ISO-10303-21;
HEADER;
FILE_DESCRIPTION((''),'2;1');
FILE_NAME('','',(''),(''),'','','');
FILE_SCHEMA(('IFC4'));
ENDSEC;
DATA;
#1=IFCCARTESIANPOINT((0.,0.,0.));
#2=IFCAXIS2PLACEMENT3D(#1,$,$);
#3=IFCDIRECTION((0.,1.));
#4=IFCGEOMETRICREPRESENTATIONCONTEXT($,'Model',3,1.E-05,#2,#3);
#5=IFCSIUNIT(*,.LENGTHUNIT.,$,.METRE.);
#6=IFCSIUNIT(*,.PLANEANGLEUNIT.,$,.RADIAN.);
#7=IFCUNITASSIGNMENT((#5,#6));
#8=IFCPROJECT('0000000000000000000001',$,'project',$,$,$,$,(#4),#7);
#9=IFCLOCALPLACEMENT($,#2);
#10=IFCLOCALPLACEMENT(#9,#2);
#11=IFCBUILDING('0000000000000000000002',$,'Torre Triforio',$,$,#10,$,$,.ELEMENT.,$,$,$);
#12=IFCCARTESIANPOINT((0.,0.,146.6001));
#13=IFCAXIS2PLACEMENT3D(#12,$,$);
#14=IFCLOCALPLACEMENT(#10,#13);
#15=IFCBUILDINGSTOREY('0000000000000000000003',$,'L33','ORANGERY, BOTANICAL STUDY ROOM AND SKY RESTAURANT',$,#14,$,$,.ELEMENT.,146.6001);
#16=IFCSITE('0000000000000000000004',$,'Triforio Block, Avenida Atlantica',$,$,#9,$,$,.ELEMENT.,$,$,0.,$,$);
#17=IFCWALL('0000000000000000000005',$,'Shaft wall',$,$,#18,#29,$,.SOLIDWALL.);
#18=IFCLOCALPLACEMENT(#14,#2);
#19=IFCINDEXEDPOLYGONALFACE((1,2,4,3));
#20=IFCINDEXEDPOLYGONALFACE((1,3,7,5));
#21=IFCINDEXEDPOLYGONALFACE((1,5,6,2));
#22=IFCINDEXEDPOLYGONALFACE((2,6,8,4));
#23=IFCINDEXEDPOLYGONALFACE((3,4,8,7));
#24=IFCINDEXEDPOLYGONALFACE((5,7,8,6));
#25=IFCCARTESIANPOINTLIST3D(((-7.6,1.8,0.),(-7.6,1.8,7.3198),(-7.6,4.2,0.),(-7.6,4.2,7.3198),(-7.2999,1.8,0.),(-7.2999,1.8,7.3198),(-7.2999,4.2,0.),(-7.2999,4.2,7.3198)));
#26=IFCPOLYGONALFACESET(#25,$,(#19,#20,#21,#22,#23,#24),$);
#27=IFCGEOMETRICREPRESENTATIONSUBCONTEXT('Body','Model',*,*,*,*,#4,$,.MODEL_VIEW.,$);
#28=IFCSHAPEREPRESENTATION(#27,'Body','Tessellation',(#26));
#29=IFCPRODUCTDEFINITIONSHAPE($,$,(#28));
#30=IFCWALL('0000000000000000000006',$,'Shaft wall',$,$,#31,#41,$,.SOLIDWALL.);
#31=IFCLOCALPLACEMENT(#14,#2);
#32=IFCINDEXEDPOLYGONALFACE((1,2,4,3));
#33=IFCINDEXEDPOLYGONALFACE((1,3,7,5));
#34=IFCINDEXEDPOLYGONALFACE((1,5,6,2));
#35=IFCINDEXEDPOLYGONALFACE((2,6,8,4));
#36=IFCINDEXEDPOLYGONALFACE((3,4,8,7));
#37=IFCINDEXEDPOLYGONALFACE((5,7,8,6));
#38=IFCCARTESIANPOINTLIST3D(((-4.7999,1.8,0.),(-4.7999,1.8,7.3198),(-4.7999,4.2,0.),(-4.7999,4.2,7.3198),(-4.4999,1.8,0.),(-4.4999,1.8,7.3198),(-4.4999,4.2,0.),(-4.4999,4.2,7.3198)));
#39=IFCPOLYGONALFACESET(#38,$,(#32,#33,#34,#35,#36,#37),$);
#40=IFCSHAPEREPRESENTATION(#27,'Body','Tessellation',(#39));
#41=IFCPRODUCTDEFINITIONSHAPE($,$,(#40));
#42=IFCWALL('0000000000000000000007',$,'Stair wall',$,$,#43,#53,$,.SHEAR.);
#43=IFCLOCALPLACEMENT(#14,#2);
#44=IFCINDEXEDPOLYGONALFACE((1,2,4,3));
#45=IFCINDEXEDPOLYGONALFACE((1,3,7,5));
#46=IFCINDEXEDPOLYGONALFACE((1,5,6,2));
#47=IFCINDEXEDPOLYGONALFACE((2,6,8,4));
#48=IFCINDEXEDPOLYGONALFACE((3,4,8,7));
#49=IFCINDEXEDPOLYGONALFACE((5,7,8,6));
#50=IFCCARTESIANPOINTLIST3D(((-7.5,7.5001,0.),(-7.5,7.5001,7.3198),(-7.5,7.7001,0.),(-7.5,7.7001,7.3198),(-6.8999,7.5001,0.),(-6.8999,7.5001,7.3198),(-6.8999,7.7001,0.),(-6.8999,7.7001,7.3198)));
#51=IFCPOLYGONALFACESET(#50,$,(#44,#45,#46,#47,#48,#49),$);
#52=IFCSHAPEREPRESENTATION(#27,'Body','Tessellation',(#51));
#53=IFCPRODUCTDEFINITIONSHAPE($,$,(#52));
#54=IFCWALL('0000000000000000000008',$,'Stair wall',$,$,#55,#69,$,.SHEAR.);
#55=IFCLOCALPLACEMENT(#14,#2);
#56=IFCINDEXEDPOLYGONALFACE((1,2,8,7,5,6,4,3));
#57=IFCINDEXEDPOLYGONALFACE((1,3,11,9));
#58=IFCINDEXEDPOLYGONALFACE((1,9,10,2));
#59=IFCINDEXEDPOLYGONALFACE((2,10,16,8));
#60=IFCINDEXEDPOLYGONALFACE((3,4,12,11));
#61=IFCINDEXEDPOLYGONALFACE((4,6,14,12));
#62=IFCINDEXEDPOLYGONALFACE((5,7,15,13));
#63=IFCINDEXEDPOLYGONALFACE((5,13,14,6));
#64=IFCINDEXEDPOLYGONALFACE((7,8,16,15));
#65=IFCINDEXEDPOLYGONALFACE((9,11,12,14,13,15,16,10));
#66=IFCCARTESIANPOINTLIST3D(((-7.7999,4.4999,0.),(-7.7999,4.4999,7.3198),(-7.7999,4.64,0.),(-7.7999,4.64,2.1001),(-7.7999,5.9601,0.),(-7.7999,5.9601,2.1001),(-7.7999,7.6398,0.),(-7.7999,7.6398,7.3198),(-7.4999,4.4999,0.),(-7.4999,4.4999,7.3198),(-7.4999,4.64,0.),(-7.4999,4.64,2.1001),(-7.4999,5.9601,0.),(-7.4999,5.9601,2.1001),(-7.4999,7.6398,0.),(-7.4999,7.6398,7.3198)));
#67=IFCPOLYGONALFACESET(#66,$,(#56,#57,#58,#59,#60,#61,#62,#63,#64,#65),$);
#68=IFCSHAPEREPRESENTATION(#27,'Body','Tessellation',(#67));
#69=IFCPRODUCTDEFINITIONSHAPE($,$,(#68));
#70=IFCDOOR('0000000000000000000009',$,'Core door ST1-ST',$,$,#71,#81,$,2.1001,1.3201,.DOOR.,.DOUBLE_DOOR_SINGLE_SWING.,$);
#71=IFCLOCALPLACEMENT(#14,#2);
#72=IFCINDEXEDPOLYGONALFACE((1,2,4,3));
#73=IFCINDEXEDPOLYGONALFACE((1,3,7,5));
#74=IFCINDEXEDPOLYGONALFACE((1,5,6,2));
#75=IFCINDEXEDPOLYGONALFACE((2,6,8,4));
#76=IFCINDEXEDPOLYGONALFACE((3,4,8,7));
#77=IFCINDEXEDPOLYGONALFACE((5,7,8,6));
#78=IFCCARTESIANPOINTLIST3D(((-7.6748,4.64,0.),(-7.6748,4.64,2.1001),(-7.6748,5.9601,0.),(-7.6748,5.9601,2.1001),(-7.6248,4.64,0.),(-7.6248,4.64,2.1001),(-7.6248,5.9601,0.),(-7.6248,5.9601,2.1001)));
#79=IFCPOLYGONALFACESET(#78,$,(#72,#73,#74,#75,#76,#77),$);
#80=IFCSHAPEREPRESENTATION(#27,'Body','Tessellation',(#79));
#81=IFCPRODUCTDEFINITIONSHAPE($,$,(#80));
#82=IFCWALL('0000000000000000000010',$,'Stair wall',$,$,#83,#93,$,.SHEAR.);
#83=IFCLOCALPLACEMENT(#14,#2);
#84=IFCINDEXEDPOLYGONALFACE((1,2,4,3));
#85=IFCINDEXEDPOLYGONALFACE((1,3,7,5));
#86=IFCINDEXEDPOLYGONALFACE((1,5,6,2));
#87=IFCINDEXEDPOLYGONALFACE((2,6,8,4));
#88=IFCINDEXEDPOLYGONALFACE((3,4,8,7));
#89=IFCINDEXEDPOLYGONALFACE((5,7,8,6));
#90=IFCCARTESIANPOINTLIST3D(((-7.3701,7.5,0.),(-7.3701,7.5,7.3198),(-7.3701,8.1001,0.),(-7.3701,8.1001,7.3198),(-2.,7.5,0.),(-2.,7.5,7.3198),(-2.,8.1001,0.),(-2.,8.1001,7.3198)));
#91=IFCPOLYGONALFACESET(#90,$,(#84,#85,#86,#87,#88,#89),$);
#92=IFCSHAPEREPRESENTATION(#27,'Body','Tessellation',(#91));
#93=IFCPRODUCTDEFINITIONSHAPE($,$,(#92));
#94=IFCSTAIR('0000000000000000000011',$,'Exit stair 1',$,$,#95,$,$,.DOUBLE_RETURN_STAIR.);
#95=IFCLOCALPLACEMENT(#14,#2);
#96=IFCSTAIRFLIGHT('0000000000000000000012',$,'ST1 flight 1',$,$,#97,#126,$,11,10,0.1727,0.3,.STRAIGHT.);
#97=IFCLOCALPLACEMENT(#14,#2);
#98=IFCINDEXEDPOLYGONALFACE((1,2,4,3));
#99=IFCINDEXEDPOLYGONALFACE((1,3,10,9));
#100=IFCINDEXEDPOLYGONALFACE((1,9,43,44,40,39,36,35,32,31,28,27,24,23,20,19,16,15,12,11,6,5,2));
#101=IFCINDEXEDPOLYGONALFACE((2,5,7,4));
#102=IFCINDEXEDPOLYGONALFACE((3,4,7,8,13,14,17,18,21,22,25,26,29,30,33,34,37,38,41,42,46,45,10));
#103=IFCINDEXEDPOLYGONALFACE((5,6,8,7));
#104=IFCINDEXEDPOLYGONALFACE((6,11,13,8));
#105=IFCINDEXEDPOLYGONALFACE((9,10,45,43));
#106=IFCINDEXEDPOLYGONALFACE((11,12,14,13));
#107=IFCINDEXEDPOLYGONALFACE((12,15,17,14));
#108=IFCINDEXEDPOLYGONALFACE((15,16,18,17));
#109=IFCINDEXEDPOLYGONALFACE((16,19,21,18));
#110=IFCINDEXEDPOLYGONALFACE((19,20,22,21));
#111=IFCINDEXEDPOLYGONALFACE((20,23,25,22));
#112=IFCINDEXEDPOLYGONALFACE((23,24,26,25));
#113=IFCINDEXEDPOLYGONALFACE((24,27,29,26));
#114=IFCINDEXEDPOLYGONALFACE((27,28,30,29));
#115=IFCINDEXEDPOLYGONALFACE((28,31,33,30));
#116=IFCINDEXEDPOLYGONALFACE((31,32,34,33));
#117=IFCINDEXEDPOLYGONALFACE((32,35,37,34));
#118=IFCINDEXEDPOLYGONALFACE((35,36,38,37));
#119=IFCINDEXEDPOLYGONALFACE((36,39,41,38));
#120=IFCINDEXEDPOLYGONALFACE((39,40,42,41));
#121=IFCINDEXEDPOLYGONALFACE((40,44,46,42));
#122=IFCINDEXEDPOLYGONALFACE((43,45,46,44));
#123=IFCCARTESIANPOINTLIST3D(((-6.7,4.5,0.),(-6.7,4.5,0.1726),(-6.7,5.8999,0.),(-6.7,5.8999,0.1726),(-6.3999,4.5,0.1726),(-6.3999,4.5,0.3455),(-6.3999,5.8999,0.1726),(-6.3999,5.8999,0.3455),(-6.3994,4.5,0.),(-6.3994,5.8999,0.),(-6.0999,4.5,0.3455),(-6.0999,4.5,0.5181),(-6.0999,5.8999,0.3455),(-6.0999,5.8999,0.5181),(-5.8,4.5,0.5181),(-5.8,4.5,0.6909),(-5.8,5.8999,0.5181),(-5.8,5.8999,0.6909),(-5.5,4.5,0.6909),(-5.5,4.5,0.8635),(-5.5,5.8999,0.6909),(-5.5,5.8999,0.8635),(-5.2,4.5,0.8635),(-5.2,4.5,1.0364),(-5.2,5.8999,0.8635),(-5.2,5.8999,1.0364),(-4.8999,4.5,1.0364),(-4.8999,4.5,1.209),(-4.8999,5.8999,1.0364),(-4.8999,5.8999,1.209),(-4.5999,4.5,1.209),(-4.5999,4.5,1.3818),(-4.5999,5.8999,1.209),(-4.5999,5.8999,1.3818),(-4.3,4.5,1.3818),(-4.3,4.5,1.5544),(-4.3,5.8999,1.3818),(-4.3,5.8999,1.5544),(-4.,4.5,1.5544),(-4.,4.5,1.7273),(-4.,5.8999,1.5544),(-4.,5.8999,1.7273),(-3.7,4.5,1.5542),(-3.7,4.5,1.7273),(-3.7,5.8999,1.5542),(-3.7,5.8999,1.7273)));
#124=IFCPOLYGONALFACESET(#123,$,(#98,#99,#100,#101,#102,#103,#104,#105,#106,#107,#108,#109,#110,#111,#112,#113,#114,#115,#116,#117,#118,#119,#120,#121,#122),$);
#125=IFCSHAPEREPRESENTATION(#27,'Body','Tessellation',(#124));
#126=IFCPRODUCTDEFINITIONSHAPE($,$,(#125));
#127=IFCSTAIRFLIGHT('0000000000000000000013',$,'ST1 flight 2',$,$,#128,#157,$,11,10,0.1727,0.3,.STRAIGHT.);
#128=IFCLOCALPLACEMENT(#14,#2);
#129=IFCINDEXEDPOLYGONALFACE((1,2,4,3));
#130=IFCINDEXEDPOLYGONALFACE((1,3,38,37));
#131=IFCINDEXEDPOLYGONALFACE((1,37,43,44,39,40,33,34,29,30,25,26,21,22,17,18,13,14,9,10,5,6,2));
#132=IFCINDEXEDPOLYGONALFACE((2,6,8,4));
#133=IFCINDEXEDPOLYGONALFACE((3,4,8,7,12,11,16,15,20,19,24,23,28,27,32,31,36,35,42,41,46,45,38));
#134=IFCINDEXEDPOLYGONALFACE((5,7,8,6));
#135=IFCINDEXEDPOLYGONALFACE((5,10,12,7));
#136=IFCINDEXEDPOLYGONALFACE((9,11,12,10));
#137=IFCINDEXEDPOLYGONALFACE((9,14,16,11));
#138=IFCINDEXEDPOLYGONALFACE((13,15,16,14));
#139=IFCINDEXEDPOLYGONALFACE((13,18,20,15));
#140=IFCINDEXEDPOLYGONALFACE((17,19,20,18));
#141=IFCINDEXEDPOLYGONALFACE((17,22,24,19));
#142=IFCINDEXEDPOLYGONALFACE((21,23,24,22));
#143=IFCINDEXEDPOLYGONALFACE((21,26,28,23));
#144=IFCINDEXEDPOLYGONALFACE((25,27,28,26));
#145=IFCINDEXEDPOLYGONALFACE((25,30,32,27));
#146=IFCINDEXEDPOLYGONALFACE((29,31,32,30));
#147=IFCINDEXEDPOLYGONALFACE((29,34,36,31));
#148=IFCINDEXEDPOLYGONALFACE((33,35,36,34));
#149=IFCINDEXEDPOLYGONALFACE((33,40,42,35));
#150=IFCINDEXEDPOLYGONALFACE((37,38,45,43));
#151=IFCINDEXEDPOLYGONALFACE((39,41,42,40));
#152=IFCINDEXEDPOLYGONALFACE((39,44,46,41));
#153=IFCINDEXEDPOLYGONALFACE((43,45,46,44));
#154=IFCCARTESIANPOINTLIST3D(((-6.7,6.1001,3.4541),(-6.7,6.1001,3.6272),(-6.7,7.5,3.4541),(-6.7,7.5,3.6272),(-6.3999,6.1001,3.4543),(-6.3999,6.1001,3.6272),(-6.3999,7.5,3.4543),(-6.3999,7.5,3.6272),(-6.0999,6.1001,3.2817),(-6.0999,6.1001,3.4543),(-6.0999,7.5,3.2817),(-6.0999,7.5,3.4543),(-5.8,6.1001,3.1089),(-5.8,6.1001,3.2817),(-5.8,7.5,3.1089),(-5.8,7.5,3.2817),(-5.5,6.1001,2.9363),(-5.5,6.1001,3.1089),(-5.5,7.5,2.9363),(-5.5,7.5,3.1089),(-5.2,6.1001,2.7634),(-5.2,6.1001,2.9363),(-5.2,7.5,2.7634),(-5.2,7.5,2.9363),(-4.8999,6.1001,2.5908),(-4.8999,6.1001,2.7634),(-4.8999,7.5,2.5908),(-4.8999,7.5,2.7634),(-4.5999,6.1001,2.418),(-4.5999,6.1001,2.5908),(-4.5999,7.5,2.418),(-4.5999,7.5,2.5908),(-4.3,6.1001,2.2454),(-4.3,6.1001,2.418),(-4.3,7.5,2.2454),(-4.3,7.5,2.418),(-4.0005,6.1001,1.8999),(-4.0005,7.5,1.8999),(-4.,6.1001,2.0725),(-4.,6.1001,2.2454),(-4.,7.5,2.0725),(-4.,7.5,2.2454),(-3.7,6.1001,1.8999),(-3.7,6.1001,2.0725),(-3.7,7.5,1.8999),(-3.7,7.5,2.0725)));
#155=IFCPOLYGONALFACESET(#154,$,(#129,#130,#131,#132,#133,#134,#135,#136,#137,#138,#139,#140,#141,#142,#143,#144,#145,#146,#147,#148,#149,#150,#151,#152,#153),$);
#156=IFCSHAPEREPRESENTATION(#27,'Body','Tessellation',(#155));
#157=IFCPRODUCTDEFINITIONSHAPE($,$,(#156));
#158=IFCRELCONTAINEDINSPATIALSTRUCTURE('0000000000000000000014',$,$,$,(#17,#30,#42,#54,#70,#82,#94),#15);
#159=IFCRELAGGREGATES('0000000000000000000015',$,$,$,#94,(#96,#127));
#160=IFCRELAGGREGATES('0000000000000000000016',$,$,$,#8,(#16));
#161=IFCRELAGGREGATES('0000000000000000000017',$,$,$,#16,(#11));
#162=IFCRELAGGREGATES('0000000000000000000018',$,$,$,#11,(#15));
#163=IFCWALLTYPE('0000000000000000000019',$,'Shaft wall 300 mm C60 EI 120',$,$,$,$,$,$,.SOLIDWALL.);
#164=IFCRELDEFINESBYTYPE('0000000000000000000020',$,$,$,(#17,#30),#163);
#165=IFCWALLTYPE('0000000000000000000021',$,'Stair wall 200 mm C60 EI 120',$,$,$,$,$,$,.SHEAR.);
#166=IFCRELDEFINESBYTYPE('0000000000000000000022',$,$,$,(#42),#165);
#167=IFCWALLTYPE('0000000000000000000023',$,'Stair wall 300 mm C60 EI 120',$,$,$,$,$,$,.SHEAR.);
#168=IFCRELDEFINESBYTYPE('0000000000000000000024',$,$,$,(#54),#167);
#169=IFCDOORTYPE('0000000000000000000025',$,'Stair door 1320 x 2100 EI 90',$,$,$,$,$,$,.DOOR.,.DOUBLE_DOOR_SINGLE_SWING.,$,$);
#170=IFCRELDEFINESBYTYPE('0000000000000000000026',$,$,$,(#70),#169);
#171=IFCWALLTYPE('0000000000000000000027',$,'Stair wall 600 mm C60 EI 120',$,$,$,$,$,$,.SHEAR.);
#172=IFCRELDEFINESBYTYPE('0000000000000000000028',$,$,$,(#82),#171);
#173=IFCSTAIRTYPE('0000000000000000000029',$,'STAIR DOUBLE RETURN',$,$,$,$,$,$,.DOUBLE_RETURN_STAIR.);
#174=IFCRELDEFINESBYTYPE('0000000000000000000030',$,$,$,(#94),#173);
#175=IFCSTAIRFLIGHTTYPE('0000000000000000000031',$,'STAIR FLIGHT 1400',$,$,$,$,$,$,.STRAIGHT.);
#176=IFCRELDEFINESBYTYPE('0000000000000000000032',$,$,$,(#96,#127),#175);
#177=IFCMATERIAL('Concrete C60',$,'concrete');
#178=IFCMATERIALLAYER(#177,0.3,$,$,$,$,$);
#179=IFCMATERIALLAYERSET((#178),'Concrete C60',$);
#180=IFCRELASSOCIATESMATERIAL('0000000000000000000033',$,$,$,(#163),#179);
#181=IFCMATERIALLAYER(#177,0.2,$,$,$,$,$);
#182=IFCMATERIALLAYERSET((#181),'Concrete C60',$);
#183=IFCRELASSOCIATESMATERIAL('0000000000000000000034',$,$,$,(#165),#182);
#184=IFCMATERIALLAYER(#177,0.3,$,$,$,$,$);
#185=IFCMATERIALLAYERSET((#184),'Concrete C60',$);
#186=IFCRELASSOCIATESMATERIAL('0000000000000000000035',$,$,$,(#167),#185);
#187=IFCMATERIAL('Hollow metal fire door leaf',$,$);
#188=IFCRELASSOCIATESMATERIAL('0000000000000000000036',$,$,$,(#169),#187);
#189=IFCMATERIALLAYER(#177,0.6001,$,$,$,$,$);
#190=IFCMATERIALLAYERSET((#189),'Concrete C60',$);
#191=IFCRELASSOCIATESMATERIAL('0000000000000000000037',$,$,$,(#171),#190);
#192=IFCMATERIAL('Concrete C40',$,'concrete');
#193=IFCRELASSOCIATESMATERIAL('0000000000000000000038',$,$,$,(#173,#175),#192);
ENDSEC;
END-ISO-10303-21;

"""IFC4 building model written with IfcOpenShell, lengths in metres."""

from ifc_helpers import new_model, si_unit, direction, frame, frame_2d, origin, place, context, subcontext, project, spatial, polyline, rectangle, outline, extrude, material, layer, layer_set, type_object, element, fill, aggregate, save


model = new_model("IFC4")

# Units and contexts
model_context = context("Model", 3, precision=1e-05, world=origin(), true_north=direction((0.0, 1.0)))
body_context = subcontext(model_context, "Body", "Model", "MODEL_VIEW")
ifc_project = project(units=[si_unit("LENGTHUNIT", "METRE"), si_unit("PLANEANGLEUNIT", "RADIAN")], contexts=[model_context])

# Site, building, storey
site_placement = place(None, origin())
site = spatial("IfcSite", under=ifc_project, at=site_placement, Name="Triforio Block, Avenida Atlantica", CompositionType="ELEMENT", RefElevation=0.0)
building_placement = place(site_placement, origin())
building = spatial("IfcBuilding", under=site, at=building_placement, Name="Torre Triforio", CompositionType="ELEMENT")
storey_placement = place(building_placement, frame((0.0, 0.0, 146.6001)))
storey = spatial("IfcBuildingStorey", under=building, at=storey_placement, Name="L33", Description="ORANGERY, BOTANICAL STUDY ROOM AND SKY RESTAURANT", CompositionType="ELEMENT", Elevation=146.6001)

# Shared definitions
ifc_material_1 = material(Name="Concrete C60", Category="concrete")
ifc_material_2 = material(Name="Hollow metal fire door leaf")

# Shared definitions
ifc_layer_1 = layer(ifc_material_1, 0.3)
ifc_layer_set_1 = layer_set([ifc_layer_1], Name="Concrete C60")
wall_type_1 = type_object("IfcWallType", Name="Shaft wall 300 mm C60 EI 120", PredefinedType="SOLIDWALL", material=ifc_layer_set_1)

# Walls
for number, where, z_axis, x_axis, name in (
    (1, (-7.45, 1.8, 0.0), (0.0, 0.0, 1.0), (0.0, 1.0, 0.0), "Shaft wall"),
    (2, (-4.6499, 1.8, 0.0), (0.0, 0.0, 1.0), (0.0, 1.0, 0.0), "Shaft wall"),
):
    element("IfcWall", number, at=place(storey_placement, frame(where, z_axis=z_axis, x_axis=x_axis)), inside=storey, type_object=wall_type_1, Name=name, PredefinedType="SOLIDWALL", context=body_context, shape_type="SweptSolid", body=[
        extrude(rectangle(XDim=2.3999, YDim=0.3, at=frame_2d((1.2, 0.0))), origin(), (0.0, 0.0, 1.0), 7.3198),
    ])
ifc_layer_2 = layer(ifc_material_1, 0.2)
ifc_layer_set_2 = layer_set([ifc_layer_2], Name="Concrete C60")
wall_type_2 = type_object("IfcWallType", Name="Stair wall 200 mm C60 EI 120", PredefinedType="SHEAR", material=ifc_layer_set_2)
wall_1_placement = place(storey_placement, frame((-7.5, 7.6001, 0.0), z_axis=(0.0, 0.0, 1.0), x_axis=(1.0, 0.0, 0.0)))
element("IfcWall", 3, at=wall_1_placement, inside=storey, type_object=wall_type_2, Name="Stair wall", PredefinedType="SHEAR", context=body_context, shape_type="SweptSolid", body=[
    extrude(rectangle(XDim=0.6001, YDim=0.2, at=frame_2d((0.3, 0.0))), origin(), (0.0, 0.0, 1.0), 7.3198),
])

# Wall, opening, door
ifc_layer_3 = layer(ifc_material_1, 0.3)
ifc_layer_set_3 = layer_set([ifc_layer_3], Name="Concrete C60")
wall_type_3 = type_object("IfcWallType", Name="Stair wall 300 mm C60 EI 120", PredefinedType="SHEAR", material=ifc_layer_set_3)
wall_2_placement = place(storey_placement, frame((-7.6499, 4.5, 0.0), z_axis=(0.0, 0.0, 1.0), x_axis=(0.0, 1.0, 0.0)))
wall_2 = element("IfcWall", 4, at=wall_2_placement, inside=storey, type_object=wall_type_3, Name="Stair wall", PredefinedType="SHEAR", context=body_context, shape_type="SweptSolid", body=[
    extrude(rectangle(XDim=3.1399, YDim=0.3, at=frame_2d((1.5698, 0.0))), origin(), (0.0, 0.0, 1.0), 7.3198),
])
opening_1_placement = place(wall_2_placement, frame((0.1399, 0.0, 0.0)))
opening_1 = element("IfcOpeningElement", 5, at=opening_1_placement, cuts=wall_2, PredefinedType="OPENING", context=body_context, shape_type="SweptSolid", body=[
    extrude(rectangle(XDim=1.3201, YDim=2.1001, at=frame_2d((0.6602, 1.05))), frame((0.0, 0.1599, 0.0), z_axis=(0.0, -1.0, 0.0), x_axis=(1.0, 0.0, 0.0)), (0.0, 0.0, 1.0), 0.3201),
])
door_type_1 = type_object("IfcDoorType", Name="Stair door 1320 x 2100 EI 90", OperationType="DOUBLE_DOOR_SINGLE_SWING", PredefinedType="DOOR", material=ifc_material_2)
door_1_placement = place(opening_1_placement, origin())
door_1 = element("IfcDoor", 6, at=door_1_placement, inside=storey, type_object=door_type_1, Name="Core door ST1-ST", OperationType="DOUBLE_DOOR_SINGLE_SWING", OverallHeight=2.1001, OverallWidth=1.3201, PredefinedType="DOOR", context=body_context, shape_type="SweptSolid", body=[
    extrude(rectangle(XDim=1.3201, YDim=2.1001, at=frame_2d((0.6602, 1.05))), frame((0.0, 0.0249, 0.0), z_axis=(0.0, -1.0, 0.0), x_axis=(1.0, 0.0, 0.0)), (0.0, 0.0, 1.0), 0.05),
])
fill(opening_1, door_1)

# Wall
ifc_layer_4 = layer(ifc_material_1, 0.6001)
ifc_layer_set_4 = layer_set([ifc_layer_4], Name="Concrete C60")
wall_type_4 = type_object("IfcWallType", Name="Stair wall 600 mm C60 EI 120", PredefinedType="SHEAR", material=ifc_layer_set_4)
wall_3_placement = place(storey_placement, frame((-7.3701, 7.8, 0.0), z_axis=(0.0, 0.0, 1.0), x_axis=(1.0, 0.0, 0.0)))
element("IfcWall", 7, at=wall_3_placement, inside=storey, type_object=wall_type_4, Name="Stair wall", PredefinedType="SHEAR", context=body_context, shape_type="SweptSolid", body=[
    extrude(rectangle(XDim=5.3701, YDim=0.6001, at=frame_2d((2.6851, 0.0))), origin(), (0.0, 0.0, 1.0), 7.3198),
])

# Stair, stair flights
ifc_material_3 = material(Name="Concrete C40", Category="concrete")
stair_type = type_object("IfcStairType", Name="STAIR DOUBLE RETURN", PredefinedType="DOUBLE_RETURN_STAIR", material=ifc_material_3)
stair_placement = place(storey_placement, origin())
stair = element("IfcStair", 8, at=stair_placement, inside=storey, type_object=stair_type, Name="Exit stair 1", PredefinedType="DOUBLE_RETURN_STAIR")
stair_flight_type = type_object("IfcStairFlightType", Name="STAIR FLIGHT 1400", PredefinedType="STRAIGHT", material=ifc_material_3)
stair_flight_1_placement = place(storey_placement, frame((-6.7, 5.2, 0.0), z_axis=(0.0, 0.0, 1.0), x_axis=(1.0, 0.0, 0.0)))
stair_flight_1 = element("IfcStairFlight", 9, at=stair_flight_1_placement, type_object=stair_flight_type, Name="ST1 flight 1", NumberOfRisers=11, NumberOfTreads=10, PredefinedType="STRAIGHT", RiserHeight=0.1727, TreadLength=0.3, context=body_context, shape_type="SweptSolid", body=[
    extrude(outline(polyline([(0.0, 0.0), (0.0, 0.1726), (0.3, 0.1726), (0.3, 0.3455), (0.6001, 0.3455), (0.6001, 0.5181), (0.8999, 0.5181), (0.8999, 0.6909), (1.2, 0.6909), (1.2, 0.8635), (1.5, 0.8635), (1.5, 1.0364), (1.8, 1.0364), (1.8, 1.209), (2.1001, 1.209), (2.1001, 1.3818), (2.3999, 1.3818), (2.3999, 1.5544), (2.7, 1.5544), (2.7, 1.7273), (3.0, 1.7273), (3.0, 1.8999), (3.0, 1.5542), (0.3005, 0.0), (0.0, 0.0)])), frame((0.0, 0.7, 0.0), z_axis=(0.0, -1.0, 0.0), x_axis=(1.0, 0.0, 0.0)), (0.0, 0.0, 1.0), 1.3999),
])
stair_flight_2_placement = place(storey_placement, frame((-3.7, 6.8, 1.8999), z_axis=(0.0, 0.0, 1.0), x_axis=(-1.0, 0.0, 0.0)))
stair_flight_2 = element("IfcStairFlight", 10, at=stair_flight_2_placement, type_object=stair_flight_type, Name="ST1 flight 2", NumberOfRisers=11, NumberOfTreads=10, PredefinedType="STRAIGHT", RiserHeight=0.1727, TreadLength=0.3, context=body_context, shape_type="SweptSolid", body=[
    extrude(outline(polyline([(0.0, 0.0), (0.0, 0.1726), (0.3, 0.1726), (0.3, 0.3455), (0.6001, 0.3455), (0.6001, 0.5181), (0.8999, 0.5181), (0.8999, 0.6909), (1.2, 0.6909), (1.2, 0.8635), (1.5, 0.8635), (1.5, 1.0364), (1.8, 1.0364), (1.8, 1.209), (2.1001, 1.209), (2.1001, 1.3818), (2.3999, 1.3818), (2.3999, 1.5544), (2.7, 1.5544), (2.7, 1.7273), (3.0, 1.7273), (3.0, 1.8999), (3.0, 1.5542), (0.3005, 0.0), (0.0, 0.0)])), frame((0.0, 0.7, 0.0), z_axis=(0.0, -1.0, 0.0), x_axis=(1.0, 0.0, 0.0)), (0.0, 0.0, 1.0), 1.3999),
])
aggregate(stair, [stair_flight_1, stair_flight_2])

save(model, "model.ifc")
